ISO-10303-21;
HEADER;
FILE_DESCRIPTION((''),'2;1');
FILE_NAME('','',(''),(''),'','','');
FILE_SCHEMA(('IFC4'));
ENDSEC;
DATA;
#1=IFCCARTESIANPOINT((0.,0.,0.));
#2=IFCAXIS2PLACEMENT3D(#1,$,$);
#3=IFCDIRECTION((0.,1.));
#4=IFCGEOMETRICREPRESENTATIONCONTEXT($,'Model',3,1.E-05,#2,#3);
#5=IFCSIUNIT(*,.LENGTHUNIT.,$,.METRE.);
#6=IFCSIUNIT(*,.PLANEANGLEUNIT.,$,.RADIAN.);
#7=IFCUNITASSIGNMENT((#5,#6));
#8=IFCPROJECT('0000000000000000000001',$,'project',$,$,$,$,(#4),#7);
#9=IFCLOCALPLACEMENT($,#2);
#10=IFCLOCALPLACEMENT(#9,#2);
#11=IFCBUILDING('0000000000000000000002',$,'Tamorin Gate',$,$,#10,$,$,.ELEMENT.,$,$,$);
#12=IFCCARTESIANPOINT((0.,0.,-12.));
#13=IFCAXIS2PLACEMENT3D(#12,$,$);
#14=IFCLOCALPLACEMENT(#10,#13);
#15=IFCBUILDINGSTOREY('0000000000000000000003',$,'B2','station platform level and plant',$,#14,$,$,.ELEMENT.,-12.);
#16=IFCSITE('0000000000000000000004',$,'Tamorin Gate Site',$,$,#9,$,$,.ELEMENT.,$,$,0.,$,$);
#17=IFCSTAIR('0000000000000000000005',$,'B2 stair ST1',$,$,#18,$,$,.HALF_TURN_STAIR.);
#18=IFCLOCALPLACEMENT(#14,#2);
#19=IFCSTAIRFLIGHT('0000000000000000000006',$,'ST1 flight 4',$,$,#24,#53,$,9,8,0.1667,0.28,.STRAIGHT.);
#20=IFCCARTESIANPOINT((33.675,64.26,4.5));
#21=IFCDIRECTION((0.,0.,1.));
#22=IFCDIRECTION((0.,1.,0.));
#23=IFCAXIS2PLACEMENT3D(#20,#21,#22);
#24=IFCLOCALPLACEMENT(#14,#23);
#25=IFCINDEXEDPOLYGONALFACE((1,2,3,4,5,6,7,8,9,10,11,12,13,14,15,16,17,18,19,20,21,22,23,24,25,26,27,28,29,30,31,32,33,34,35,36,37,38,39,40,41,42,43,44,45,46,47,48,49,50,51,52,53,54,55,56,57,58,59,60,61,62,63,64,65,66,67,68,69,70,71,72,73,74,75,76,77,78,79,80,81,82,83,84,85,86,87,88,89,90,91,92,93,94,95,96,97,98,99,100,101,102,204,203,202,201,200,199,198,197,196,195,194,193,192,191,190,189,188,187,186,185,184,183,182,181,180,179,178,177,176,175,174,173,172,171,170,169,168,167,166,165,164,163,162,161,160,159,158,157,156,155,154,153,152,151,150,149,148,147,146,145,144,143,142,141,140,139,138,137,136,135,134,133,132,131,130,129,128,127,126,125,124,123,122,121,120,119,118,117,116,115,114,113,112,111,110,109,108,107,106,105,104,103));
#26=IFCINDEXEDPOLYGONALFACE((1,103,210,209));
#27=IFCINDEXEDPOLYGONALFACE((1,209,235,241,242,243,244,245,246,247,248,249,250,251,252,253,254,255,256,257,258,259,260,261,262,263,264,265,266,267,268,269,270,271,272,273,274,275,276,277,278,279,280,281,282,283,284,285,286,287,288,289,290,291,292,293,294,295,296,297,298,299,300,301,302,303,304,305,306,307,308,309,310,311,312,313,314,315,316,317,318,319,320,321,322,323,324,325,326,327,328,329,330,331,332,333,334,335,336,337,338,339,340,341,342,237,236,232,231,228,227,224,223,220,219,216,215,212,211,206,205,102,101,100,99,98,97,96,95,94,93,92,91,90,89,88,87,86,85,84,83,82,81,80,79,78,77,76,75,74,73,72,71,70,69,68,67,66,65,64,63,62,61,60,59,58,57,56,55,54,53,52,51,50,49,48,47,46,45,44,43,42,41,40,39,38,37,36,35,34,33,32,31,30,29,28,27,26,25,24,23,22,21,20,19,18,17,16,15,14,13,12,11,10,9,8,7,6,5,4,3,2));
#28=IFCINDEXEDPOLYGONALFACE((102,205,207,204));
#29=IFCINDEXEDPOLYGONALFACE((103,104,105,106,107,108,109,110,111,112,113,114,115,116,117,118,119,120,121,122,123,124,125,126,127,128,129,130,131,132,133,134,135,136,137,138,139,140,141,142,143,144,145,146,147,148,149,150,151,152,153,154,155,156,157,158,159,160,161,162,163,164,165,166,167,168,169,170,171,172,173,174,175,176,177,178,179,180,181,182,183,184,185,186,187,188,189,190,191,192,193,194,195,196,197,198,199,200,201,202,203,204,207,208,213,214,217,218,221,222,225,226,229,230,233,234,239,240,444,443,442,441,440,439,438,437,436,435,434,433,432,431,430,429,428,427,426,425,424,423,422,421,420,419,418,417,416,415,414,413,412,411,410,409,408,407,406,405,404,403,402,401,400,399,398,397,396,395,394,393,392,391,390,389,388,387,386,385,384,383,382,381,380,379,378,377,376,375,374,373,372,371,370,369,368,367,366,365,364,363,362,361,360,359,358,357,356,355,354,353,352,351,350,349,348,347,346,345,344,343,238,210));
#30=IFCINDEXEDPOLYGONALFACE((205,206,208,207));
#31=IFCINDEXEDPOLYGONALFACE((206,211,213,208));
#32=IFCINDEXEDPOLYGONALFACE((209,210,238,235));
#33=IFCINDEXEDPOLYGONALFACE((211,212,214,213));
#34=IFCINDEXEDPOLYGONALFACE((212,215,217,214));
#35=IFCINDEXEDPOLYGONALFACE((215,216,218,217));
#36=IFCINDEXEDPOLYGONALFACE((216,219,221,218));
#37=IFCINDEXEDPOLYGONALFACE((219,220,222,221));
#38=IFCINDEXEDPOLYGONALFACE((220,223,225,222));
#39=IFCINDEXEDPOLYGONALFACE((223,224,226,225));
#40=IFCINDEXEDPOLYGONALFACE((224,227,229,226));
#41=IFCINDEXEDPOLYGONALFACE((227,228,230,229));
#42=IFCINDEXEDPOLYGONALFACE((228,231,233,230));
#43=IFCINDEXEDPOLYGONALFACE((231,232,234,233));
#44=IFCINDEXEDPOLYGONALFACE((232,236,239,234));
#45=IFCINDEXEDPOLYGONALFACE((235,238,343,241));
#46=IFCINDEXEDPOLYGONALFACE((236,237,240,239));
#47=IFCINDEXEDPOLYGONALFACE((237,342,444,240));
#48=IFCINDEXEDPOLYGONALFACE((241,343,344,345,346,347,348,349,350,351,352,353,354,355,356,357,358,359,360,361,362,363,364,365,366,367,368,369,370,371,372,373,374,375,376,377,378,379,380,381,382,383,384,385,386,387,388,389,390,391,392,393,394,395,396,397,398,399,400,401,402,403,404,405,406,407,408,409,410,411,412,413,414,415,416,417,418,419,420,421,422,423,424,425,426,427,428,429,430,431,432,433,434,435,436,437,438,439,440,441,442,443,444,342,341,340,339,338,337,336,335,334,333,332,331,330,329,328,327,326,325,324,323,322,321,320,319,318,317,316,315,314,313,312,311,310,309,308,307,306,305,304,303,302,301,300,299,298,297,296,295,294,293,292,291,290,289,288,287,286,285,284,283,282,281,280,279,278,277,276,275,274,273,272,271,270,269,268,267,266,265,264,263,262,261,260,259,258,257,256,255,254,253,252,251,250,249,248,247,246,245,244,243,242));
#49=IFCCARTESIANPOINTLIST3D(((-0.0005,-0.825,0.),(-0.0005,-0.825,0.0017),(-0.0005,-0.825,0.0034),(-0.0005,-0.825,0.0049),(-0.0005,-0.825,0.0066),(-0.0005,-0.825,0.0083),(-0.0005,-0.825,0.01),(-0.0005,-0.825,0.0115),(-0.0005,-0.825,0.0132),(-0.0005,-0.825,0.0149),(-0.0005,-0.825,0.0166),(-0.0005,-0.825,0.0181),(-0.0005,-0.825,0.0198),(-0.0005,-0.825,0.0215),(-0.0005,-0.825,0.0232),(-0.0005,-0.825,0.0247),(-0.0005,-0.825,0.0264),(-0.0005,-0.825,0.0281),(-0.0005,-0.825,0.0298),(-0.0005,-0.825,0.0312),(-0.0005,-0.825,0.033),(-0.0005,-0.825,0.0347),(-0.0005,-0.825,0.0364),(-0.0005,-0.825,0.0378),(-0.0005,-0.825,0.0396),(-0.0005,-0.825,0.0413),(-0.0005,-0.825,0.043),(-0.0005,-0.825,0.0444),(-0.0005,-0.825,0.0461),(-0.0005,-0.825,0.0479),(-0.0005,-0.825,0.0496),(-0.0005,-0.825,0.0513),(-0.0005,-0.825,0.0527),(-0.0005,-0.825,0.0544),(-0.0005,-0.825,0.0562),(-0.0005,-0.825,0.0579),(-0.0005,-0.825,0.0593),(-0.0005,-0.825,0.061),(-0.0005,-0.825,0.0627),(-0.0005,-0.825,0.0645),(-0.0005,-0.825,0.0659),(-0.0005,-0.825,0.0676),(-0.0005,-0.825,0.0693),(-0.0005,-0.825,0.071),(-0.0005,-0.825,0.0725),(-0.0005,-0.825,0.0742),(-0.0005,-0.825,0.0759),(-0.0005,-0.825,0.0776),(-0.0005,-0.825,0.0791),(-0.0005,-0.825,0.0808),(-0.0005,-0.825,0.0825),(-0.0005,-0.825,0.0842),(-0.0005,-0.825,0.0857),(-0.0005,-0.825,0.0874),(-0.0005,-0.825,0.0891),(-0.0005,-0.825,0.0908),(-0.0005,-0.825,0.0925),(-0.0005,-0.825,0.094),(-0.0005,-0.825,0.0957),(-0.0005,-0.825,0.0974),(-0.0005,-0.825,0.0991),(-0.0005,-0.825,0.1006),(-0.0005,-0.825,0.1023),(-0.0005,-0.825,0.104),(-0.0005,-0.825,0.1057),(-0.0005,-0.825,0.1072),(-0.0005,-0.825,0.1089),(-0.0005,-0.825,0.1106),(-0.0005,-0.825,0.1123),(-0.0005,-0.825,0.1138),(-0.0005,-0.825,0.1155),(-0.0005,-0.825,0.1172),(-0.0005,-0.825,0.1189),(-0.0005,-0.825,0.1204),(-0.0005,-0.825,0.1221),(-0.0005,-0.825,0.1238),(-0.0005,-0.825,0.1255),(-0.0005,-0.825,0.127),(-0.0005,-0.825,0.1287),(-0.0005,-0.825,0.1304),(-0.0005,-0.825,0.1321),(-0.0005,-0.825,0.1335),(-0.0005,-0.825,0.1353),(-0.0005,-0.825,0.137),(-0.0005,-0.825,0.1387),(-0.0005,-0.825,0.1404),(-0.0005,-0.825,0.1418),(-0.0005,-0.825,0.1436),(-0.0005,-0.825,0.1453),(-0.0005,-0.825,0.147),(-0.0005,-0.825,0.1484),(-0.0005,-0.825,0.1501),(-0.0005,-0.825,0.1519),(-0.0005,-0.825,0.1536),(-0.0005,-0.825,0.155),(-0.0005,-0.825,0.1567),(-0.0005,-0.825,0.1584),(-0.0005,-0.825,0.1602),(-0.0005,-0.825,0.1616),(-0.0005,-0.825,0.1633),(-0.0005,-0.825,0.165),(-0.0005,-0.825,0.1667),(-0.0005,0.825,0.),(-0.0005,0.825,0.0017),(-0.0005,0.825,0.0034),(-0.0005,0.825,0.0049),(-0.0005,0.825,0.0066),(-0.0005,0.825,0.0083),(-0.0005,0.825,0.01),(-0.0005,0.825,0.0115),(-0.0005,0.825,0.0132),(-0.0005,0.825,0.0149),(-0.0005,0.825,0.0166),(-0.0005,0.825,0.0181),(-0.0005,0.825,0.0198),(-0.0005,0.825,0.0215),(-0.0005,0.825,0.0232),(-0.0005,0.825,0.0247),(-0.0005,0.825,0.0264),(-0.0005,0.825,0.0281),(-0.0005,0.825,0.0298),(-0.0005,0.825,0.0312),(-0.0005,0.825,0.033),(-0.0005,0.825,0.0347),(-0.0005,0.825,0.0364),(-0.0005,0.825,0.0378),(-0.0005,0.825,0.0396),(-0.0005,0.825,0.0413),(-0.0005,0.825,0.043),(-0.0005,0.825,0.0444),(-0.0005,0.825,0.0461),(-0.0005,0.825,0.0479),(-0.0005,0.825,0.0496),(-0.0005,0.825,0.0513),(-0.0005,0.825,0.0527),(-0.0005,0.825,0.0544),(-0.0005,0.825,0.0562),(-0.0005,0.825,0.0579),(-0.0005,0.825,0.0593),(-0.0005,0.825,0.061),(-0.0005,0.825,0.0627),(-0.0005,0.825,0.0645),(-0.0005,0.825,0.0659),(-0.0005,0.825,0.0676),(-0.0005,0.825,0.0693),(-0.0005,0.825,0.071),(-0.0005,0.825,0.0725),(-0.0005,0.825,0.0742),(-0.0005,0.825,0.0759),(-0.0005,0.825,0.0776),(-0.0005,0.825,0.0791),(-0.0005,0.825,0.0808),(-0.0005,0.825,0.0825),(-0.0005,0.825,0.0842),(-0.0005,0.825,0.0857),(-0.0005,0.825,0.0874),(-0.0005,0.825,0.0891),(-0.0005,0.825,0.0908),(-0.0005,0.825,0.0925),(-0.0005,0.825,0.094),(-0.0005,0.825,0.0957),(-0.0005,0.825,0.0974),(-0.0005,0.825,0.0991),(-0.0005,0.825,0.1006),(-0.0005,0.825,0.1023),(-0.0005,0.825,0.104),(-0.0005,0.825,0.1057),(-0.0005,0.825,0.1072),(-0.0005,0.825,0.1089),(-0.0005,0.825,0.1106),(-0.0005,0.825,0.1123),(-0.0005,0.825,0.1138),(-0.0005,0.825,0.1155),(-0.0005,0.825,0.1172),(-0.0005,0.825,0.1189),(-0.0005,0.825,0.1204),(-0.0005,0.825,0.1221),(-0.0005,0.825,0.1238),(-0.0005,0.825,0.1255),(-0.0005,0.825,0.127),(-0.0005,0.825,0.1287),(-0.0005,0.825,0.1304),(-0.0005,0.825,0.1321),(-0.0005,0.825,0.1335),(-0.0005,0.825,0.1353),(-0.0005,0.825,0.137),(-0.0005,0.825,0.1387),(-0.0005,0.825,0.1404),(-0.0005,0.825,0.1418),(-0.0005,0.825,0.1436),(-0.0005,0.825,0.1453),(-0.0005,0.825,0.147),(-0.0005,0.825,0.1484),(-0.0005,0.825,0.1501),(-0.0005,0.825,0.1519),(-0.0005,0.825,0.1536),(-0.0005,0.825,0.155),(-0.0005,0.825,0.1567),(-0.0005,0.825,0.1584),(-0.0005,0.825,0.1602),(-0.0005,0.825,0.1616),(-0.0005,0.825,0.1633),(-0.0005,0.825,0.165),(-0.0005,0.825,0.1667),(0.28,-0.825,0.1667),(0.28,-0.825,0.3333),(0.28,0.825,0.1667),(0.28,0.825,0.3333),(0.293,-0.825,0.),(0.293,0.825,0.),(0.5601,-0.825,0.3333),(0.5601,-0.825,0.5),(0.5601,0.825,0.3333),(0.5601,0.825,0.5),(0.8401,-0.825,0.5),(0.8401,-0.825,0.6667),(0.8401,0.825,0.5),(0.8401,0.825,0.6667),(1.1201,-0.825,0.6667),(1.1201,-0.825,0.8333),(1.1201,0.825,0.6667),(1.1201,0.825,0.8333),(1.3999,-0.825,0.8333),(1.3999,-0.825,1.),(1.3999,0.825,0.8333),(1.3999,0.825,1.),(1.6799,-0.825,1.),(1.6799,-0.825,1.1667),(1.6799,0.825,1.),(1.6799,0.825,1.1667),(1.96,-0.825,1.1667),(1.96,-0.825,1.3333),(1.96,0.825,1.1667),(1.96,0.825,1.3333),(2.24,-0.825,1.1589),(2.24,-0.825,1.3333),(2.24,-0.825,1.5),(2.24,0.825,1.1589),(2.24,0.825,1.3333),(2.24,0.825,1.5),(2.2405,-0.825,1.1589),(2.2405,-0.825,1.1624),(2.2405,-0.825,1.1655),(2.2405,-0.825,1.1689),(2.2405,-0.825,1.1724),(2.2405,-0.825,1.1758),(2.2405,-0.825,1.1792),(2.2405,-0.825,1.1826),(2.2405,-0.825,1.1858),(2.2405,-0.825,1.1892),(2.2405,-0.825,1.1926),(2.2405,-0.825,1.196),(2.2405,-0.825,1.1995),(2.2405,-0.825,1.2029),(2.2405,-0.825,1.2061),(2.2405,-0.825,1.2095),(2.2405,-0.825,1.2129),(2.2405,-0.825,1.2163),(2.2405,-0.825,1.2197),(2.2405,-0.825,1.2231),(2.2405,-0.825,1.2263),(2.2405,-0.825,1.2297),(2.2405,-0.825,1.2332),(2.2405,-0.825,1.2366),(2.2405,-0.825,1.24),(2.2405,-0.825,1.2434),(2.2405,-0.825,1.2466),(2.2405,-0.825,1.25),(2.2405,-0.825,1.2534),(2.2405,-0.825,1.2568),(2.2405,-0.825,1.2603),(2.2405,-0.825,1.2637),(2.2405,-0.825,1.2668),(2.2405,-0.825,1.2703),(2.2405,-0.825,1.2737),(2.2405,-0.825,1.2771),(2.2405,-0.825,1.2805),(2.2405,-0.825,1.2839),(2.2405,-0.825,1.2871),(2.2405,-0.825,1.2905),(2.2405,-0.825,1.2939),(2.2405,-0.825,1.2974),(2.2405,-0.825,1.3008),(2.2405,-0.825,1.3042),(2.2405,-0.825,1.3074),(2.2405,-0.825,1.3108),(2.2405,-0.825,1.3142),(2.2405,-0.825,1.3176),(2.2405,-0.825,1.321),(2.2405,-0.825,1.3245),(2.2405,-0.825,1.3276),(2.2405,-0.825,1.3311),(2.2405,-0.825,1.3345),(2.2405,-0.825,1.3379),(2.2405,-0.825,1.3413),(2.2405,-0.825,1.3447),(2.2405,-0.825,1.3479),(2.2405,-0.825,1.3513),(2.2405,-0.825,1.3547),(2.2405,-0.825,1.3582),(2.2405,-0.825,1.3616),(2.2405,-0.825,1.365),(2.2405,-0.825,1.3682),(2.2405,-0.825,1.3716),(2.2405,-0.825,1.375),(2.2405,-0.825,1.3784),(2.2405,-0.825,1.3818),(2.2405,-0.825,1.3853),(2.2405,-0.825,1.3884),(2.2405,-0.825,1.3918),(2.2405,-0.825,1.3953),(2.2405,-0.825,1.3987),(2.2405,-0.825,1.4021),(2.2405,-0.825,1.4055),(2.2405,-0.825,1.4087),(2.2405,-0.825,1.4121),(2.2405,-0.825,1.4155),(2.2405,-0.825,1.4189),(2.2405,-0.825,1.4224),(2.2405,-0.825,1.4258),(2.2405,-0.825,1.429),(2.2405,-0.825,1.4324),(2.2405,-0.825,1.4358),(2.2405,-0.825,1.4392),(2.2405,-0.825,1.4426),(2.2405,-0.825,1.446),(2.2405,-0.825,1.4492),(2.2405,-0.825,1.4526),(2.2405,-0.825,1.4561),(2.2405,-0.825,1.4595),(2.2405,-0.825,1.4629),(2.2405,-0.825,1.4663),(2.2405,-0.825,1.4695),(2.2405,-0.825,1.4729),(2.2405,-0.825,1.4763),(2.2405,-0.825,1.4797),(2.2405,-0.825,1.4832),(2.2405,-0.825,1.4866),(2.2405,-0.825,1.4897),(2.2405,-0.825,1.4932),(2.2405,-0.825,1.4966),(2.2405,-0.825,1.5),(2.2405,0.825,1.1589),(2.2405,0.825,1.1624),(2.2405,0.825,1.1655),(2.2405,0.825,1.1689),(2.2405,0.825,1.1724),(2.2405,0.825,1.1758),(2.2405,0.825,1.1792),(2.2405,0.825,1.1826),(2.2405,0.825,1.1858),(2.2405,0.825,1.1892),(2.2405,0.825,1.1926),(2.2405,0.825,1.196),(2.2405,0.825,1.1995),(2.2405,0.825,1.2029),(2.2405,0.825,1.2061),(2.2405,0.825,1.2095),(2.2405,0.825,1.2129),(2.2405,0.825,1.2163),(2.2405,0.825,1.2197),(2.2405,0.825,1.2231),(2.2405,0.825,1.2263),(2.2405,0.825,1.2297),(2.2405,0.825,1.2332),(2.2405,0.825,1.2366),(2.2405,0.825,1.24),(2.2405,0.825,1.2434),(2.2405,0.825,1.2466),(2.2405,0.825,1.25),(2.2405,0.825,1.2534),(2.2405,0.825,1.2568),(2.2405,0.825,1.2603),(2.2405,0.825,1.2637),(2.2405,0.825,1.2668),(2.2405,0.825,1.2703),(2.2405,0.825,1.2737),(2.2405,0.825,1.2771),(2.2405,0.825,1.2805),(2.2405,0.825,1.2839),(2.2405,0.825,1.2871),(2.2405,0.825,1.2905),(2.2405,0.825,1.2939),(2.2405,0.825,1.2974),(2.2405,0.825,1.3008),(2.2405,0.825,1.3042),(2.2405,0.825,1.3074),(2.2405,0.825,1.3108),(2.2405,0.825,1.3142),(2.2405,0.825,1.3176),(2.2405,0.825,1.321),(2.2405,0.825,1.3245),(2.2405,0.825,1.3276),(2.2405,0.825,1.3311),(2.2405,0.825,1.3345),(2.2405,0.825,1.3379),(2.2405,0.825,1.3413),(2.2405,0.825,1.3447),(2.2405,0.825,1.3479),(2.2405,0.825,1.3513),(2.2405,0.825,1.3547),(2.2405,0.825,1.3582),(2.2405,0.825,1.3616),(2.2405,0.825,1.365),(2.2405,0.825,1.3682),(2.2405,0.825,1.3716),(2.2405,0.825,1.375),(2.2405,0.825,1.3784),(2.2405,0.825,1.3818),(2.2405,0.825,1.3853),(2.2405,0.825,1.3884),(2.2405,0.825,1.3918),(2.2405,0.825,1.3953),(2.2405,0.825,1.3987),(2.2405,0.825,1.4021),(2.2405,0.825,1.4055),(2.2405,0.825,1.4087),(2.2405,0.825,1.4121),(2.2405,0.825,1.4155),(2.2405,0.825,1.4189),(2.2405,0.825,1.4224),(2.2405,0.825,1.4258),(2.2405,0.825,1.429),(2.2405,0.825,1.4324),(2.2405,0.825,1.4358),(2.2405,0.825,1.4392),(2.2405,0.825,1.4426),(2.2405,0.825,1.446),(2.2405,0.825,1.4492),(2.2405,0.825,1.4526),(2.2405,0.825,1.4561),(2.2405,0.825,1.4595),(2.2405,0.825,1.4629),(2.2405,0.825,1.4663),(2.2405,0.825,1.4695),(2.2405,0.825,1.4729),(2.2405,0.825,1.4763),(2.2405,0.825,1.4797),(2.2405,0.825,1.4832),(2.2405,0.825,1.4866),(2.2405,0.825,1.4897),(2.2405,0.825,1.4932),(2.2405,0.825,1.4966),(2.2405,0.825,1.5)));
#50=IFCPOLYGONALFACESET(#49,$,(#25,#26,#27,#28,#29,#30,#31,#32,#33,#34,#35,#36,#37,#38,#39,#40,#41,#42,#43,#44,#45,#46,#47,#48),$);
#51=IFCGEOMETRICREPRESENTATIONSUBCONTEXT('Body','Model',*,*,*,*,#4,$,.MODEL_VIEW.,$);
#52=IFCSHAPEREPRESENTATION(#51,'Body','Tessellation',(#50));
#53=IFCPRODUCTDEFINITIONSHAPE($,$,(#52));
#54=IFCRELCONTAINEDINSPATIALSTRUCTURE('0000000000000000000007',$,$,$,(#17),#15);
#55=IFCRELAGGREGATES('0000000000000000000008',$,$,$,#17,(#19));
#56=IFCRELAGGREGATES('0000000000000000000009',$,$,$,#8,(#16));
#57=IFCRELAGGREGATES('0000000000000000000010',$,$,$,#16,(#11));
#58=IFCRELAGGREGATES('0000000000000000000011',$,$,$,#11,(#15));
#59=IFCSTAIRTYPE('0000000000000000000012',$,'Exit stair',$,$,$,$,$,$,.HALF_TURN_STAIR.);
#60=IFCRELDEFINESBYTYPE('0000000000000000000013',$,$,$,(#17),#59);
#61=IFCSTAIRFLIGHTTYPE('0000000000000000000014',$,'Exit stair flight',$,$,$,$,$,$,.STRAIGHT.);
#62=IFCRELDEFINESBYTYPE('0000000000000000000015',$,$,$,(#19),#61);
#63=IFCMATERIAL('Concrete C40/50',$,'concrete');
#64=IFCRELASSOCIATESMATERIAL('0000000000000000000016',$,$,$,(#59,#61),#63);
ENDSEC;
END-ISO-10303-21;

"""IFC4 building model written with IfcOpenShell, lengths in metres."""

from ifc_helpers import new_model, si_unit, direction, frame, origin, place, context, subcontext, project, spatial, polyline, outline, extrude, material, type_object, element, aggregate, save


model = new_model("IFC4")

# Units and contexts
model_context = context("Model", 3, precision=1e-05, world=origin(), true_north=direction((0.0, 1.0)))
body_context = subcontext(model_context, "Body", "Model", "MODEL_VIEW")
ifc_project = project(units=[si_unit("LENGTHUNIT", "METRE"), si_unit("PLANEANGLEUNIT", "RADIAN")], contexts=[model_context])

# Site, building, storey
site_placement = place(None, origin())
site = spatial("IfcSite", under=ifc_project, at=site_placement, Name="Tamorin Gate Site", CompositionType="ELEMENT", RefElevation=0.0)
building_placement = place(site_placement, origin())
building = spatial("IfcBuilding", under=site, at=building_placement, Name="Tamorin Gate", CompositionType="ELEMENT")
storey_placement = place(building_placement, frame((0.0, 0.0, -12.0)))
storey = spatial("IfcBuildingStorey", under=building, at=storey_placement, Name="B2", Description="station platform level and plant", CompositionType="ELEMENT", Elevation=-12.0)

# Shared definitions
ifc_material_1 = material(Name="Concrete C40/50", Category="concrete")

# Stair, stair flight
stair_type = type_object("IfcStairType", Name="Exit stair", PredefinedType="HALF_TURN_STAIR", material=ifc_material_1)
stair_placement = place(storey_placement, origin())
stair = element("IfcStair", 1, at=stair_placement, inside=storey, type_object=stair_type, Name="B2 stair ST1", PredefinedType="HALF_TURN_STAIR")
stair_flight_type = type_object("IfcStairFlightType", Name="Exit stair flight", PredefinedType="STRAIGHT", material=ifc_material_1)
stair_flight_1_placement = place(storey_placement, frame((33.675, 64.26, 4.5), z_axis=(0.0, 0.0, 1.0), x_axis=(0.0, 1.0, 0.0)))
stair_flight_1 = element("IfcStairFlight", 2, at=stair_flight_1_placement, type_object=stair_flight_type, Name="ST1 flight 4", NumberOfRisers=9, NumberOfTreads=8, PredefinedType="STRAIGHT", RiserHeight=0.1667, TreadLength=0.28, context=body_context, shape_type="SweptSolid", body=[
    extrude(outline(polyline([(-0.0005, 0.0), (-0.0005, 0.0017), (-0.0005, 0.0034), (-0.0005, 0.0049), (-0.0005, 0.0066), (-0.0005, 0.0083), (-0.0005, 0.01), (-0.0005, 0.0115), (-0.0005, 0.0132), (-0.0005, 0.0149), (-0.0005, 0.0166), (-0.0005, 0.0181), (-0.0005, 0.0198), (-0.0005, 0.0215), (-0.0005, 0.0232), (-0.0005, 0.0247), (-0.0005, 0.0264), (-0.0005, 0.0281), (-0.0005, 0.0298), (-0.0005, 0.0312), (-0.0005, 0.033), (-0.0005, 0.0347), (-0.0005, 0.0364), (-0.0005, 0.0378), (-0.0005, 0.0396), (-0.0005, 0.0413), (-0.0005, 0.043), (-0.0005, 0.0444), (-0.0005, 0.0461), (-0.0005, 0.0479), (-0.0005, 0.0496), (-0.0005, 0.0513), (-0.0005, 0.0527), (-0.0005, 0.0544), (-0.0005, 0.0562), (-0.0005, 0.0579), (-0.0005, 0.0593), (-0.0005, 0.061), (-0.0005, 0.0627), (-0.0005, 0.0645), (-0.0005, 0.0659), (-0.0005, 0.0676), (-0.0005, 0.0693), (-0.0005, 0.071), (-0.0005, 0.0725), (-0.0005, 0.0742), (-0.0005, 0.0759), (-0.0005, 0.0776), (-0.0005, 0.0791), (-0.0005, 0.0808), (-0.0005, 0.0825), (-0.0005, 0.0842), (-0.0005, 0.0857), (-0.0005, 0.0874), (-0.0005, 0.0891), (-0.0005, 0.0908), (-0.0005, 0.0925), (-0.0005, 0.094), (-0.0005, 0.0957), (-0.0005, 0.0974), (-0.0005, 0.0991), (-0.0005, 0.1006), (-0.0005, 0.1023), (-0.0005, 0.104), (-0.0005, 0.1057), (-0.0005, 0.1072), (-0.0005, 0.1089), (-0.0005, 0.1106), (-0.0005, 0.1123), (-0.0005, 0.1138), (-0.0005, 0.1155), (-0.0005, 0.1172), (-0.0005, 0.1189), (-0.0005, 0.1204), (-0.0005, 0.1221), (-0.0005, 0.1238), (-0.0005, 0.1255), (-0.0005, 0.127), (-0.0005, 0.1287), (-0.0005, 0.1304), (-0.0005, 0.1321), (-0.0005, 0.1335), (-0.0005, 0.1353), (-0.0005, 0.137), (-0.0005, 0.1387), (-0.0005, 0.1404), (-0.0005, 0.1418), (-0.0005, 0.1436), (-0.0005, 0.1453), (-0.0005, 0.147), (-0.0005, 0.1484), (-0.0005, 0.1501), (-0.0005, 0.1519), (-0.0005, 0.1536), (-0.0005, 0.155), (-0.0005, 0.1567), (-0.0005, 0.1584), (-0.0005, 0.1602), (-0.0005, 0.1616), (-0.0005, 0.1633), (-0.0005, 0.165), (-0.0005, 0.1667), (0.28, 0.1667), (0.28, 0.3333), (0.5601, 0.3333), (0.5601, 0.5), (0.8401, 0.5), (0.8401, 0.6667), (1.1201, 0.6667), (1.1201, 0.8333), (1.3999, 0.8333), (1.3999, 1.0), (1.6799, 1.0), (1.6799, 1.1667), (1.96, 1.1667), (1.96, 1.3333), (2.24, 1.3333), (2.24, 1.5), (2.2405, 1.5), (2.2405, 1.4966), (2.2405, 1.4932), (2.2405, 1.4897), (2.2405, 1.4866), (2.2405, 1.4832), (2.2405, 1.4797), (2.2405, 1.4763), (2.2405, 1.4729), (2.2405, 1.4695), (2.2405, 1.4663), (2.2405, 1.4629), (2.2405, 1.4595), (2.2405, 1.4561), (2.2405, 1.4526), (2.2405, 1.4492), (2.2405, 1.446), (2.2405, 1.4426), (2.2405, 1.4392), (2.2405, 1.4358), (2.2405, 1.4324), (2.2405, 1.429), (2.2405, 1.4258), (2.2405, 1.4224), (2.2405, 1.4189), (2.2405, 1.4155), (2.2405, 1.4121), (2.2405, 1.4087), (2.2405, 1.4055), (2.2405, 1.4021), (2.2405, 1.3987), (2.2405, 1.3953), (2.2405, 1.3918), (2.2405, 1.3884), (2.2405, 1.3853), (2.2405, 1.3818), (2.2405, 1.3784), (2.2405, 1.375), (2.2405, 1.3716), (2.2405, 1.3682), (2.2405, 1.365), (2.2405, 1.3616), (2.2405, 1.3582), (2.2405, 1.3547), (2.2405, 1.3513), (2.2405, 1.3479), (2.2405, 1.3447), (2.2405, 1.3413), (2.2405, 1.3379), (2.2405, 1.3345), (2.2405, 1.3311), (2.2405, 1.3276), (2.2405, 1.3245), (2.2405, 1.321), (2.2405, 1.3176), (2.2405, 1.3142), (2.2405, 1.3108), (2.2405, 1.3074), (2.2405, 1.3042), (2.2405, 1.3008), (2.2405, 1.2974), (2.2405, 1.2939), (2.2405, 1.2905), (2.2405, 1.2871), (2.2405, 1.2839), (2.2405, 1.2805), (2.2405, 1.2771), (2.2405, 1.2737), (2.2405, 1.2703), (2.2405, 1.2668), (2.2405, 1.2637), (2.2405, 1.2603), (2.2405, 1.2568), (2.2405, 1.2534), (2.2405, 1.25), (2.2405, 1.2466), (2.2405, 1.2434), (2.2405, 1.24), (2.2405, 1.2366), (2.2405, 1.2332), (2.2405, 1.2297), (2.2405, 1.2263), (2.2405, 1.2231), (2.2405, 1.2197), (2.2405, 1.2163), (2.2405, 1.2129), (2.2405, 1.2095), (2.2405, 1.2061), (2.2405, 1.2029), (2.2405, 1.1995), (2.2405, 1.196), (2.2405, 1.1926), (2.2405, 1.1892), (2.2405, 1.1858), (2.2405, 1.1826), (2.2405, 1.1792), (2.2405, 1.1758), (2.2405, 1.1724), (2.2405, 1.1689), (2.2405, 1.1655), (2.2405, 1.1624), (2.2405, 1.1589), (2.24, 1.1589), (0.293, 0.0), (-0.0005, 0.0)])), frame((0.0, 0.825, 0.0), z_axis=(0.0, -1.0, 0.0), x_axis=(1.0, 0.0, 0.0)), (0.0, 0.0, 1.0), 1.6499),
])
aggregate(stair, [stair_flight_1])

save(model, "model.ifc")
